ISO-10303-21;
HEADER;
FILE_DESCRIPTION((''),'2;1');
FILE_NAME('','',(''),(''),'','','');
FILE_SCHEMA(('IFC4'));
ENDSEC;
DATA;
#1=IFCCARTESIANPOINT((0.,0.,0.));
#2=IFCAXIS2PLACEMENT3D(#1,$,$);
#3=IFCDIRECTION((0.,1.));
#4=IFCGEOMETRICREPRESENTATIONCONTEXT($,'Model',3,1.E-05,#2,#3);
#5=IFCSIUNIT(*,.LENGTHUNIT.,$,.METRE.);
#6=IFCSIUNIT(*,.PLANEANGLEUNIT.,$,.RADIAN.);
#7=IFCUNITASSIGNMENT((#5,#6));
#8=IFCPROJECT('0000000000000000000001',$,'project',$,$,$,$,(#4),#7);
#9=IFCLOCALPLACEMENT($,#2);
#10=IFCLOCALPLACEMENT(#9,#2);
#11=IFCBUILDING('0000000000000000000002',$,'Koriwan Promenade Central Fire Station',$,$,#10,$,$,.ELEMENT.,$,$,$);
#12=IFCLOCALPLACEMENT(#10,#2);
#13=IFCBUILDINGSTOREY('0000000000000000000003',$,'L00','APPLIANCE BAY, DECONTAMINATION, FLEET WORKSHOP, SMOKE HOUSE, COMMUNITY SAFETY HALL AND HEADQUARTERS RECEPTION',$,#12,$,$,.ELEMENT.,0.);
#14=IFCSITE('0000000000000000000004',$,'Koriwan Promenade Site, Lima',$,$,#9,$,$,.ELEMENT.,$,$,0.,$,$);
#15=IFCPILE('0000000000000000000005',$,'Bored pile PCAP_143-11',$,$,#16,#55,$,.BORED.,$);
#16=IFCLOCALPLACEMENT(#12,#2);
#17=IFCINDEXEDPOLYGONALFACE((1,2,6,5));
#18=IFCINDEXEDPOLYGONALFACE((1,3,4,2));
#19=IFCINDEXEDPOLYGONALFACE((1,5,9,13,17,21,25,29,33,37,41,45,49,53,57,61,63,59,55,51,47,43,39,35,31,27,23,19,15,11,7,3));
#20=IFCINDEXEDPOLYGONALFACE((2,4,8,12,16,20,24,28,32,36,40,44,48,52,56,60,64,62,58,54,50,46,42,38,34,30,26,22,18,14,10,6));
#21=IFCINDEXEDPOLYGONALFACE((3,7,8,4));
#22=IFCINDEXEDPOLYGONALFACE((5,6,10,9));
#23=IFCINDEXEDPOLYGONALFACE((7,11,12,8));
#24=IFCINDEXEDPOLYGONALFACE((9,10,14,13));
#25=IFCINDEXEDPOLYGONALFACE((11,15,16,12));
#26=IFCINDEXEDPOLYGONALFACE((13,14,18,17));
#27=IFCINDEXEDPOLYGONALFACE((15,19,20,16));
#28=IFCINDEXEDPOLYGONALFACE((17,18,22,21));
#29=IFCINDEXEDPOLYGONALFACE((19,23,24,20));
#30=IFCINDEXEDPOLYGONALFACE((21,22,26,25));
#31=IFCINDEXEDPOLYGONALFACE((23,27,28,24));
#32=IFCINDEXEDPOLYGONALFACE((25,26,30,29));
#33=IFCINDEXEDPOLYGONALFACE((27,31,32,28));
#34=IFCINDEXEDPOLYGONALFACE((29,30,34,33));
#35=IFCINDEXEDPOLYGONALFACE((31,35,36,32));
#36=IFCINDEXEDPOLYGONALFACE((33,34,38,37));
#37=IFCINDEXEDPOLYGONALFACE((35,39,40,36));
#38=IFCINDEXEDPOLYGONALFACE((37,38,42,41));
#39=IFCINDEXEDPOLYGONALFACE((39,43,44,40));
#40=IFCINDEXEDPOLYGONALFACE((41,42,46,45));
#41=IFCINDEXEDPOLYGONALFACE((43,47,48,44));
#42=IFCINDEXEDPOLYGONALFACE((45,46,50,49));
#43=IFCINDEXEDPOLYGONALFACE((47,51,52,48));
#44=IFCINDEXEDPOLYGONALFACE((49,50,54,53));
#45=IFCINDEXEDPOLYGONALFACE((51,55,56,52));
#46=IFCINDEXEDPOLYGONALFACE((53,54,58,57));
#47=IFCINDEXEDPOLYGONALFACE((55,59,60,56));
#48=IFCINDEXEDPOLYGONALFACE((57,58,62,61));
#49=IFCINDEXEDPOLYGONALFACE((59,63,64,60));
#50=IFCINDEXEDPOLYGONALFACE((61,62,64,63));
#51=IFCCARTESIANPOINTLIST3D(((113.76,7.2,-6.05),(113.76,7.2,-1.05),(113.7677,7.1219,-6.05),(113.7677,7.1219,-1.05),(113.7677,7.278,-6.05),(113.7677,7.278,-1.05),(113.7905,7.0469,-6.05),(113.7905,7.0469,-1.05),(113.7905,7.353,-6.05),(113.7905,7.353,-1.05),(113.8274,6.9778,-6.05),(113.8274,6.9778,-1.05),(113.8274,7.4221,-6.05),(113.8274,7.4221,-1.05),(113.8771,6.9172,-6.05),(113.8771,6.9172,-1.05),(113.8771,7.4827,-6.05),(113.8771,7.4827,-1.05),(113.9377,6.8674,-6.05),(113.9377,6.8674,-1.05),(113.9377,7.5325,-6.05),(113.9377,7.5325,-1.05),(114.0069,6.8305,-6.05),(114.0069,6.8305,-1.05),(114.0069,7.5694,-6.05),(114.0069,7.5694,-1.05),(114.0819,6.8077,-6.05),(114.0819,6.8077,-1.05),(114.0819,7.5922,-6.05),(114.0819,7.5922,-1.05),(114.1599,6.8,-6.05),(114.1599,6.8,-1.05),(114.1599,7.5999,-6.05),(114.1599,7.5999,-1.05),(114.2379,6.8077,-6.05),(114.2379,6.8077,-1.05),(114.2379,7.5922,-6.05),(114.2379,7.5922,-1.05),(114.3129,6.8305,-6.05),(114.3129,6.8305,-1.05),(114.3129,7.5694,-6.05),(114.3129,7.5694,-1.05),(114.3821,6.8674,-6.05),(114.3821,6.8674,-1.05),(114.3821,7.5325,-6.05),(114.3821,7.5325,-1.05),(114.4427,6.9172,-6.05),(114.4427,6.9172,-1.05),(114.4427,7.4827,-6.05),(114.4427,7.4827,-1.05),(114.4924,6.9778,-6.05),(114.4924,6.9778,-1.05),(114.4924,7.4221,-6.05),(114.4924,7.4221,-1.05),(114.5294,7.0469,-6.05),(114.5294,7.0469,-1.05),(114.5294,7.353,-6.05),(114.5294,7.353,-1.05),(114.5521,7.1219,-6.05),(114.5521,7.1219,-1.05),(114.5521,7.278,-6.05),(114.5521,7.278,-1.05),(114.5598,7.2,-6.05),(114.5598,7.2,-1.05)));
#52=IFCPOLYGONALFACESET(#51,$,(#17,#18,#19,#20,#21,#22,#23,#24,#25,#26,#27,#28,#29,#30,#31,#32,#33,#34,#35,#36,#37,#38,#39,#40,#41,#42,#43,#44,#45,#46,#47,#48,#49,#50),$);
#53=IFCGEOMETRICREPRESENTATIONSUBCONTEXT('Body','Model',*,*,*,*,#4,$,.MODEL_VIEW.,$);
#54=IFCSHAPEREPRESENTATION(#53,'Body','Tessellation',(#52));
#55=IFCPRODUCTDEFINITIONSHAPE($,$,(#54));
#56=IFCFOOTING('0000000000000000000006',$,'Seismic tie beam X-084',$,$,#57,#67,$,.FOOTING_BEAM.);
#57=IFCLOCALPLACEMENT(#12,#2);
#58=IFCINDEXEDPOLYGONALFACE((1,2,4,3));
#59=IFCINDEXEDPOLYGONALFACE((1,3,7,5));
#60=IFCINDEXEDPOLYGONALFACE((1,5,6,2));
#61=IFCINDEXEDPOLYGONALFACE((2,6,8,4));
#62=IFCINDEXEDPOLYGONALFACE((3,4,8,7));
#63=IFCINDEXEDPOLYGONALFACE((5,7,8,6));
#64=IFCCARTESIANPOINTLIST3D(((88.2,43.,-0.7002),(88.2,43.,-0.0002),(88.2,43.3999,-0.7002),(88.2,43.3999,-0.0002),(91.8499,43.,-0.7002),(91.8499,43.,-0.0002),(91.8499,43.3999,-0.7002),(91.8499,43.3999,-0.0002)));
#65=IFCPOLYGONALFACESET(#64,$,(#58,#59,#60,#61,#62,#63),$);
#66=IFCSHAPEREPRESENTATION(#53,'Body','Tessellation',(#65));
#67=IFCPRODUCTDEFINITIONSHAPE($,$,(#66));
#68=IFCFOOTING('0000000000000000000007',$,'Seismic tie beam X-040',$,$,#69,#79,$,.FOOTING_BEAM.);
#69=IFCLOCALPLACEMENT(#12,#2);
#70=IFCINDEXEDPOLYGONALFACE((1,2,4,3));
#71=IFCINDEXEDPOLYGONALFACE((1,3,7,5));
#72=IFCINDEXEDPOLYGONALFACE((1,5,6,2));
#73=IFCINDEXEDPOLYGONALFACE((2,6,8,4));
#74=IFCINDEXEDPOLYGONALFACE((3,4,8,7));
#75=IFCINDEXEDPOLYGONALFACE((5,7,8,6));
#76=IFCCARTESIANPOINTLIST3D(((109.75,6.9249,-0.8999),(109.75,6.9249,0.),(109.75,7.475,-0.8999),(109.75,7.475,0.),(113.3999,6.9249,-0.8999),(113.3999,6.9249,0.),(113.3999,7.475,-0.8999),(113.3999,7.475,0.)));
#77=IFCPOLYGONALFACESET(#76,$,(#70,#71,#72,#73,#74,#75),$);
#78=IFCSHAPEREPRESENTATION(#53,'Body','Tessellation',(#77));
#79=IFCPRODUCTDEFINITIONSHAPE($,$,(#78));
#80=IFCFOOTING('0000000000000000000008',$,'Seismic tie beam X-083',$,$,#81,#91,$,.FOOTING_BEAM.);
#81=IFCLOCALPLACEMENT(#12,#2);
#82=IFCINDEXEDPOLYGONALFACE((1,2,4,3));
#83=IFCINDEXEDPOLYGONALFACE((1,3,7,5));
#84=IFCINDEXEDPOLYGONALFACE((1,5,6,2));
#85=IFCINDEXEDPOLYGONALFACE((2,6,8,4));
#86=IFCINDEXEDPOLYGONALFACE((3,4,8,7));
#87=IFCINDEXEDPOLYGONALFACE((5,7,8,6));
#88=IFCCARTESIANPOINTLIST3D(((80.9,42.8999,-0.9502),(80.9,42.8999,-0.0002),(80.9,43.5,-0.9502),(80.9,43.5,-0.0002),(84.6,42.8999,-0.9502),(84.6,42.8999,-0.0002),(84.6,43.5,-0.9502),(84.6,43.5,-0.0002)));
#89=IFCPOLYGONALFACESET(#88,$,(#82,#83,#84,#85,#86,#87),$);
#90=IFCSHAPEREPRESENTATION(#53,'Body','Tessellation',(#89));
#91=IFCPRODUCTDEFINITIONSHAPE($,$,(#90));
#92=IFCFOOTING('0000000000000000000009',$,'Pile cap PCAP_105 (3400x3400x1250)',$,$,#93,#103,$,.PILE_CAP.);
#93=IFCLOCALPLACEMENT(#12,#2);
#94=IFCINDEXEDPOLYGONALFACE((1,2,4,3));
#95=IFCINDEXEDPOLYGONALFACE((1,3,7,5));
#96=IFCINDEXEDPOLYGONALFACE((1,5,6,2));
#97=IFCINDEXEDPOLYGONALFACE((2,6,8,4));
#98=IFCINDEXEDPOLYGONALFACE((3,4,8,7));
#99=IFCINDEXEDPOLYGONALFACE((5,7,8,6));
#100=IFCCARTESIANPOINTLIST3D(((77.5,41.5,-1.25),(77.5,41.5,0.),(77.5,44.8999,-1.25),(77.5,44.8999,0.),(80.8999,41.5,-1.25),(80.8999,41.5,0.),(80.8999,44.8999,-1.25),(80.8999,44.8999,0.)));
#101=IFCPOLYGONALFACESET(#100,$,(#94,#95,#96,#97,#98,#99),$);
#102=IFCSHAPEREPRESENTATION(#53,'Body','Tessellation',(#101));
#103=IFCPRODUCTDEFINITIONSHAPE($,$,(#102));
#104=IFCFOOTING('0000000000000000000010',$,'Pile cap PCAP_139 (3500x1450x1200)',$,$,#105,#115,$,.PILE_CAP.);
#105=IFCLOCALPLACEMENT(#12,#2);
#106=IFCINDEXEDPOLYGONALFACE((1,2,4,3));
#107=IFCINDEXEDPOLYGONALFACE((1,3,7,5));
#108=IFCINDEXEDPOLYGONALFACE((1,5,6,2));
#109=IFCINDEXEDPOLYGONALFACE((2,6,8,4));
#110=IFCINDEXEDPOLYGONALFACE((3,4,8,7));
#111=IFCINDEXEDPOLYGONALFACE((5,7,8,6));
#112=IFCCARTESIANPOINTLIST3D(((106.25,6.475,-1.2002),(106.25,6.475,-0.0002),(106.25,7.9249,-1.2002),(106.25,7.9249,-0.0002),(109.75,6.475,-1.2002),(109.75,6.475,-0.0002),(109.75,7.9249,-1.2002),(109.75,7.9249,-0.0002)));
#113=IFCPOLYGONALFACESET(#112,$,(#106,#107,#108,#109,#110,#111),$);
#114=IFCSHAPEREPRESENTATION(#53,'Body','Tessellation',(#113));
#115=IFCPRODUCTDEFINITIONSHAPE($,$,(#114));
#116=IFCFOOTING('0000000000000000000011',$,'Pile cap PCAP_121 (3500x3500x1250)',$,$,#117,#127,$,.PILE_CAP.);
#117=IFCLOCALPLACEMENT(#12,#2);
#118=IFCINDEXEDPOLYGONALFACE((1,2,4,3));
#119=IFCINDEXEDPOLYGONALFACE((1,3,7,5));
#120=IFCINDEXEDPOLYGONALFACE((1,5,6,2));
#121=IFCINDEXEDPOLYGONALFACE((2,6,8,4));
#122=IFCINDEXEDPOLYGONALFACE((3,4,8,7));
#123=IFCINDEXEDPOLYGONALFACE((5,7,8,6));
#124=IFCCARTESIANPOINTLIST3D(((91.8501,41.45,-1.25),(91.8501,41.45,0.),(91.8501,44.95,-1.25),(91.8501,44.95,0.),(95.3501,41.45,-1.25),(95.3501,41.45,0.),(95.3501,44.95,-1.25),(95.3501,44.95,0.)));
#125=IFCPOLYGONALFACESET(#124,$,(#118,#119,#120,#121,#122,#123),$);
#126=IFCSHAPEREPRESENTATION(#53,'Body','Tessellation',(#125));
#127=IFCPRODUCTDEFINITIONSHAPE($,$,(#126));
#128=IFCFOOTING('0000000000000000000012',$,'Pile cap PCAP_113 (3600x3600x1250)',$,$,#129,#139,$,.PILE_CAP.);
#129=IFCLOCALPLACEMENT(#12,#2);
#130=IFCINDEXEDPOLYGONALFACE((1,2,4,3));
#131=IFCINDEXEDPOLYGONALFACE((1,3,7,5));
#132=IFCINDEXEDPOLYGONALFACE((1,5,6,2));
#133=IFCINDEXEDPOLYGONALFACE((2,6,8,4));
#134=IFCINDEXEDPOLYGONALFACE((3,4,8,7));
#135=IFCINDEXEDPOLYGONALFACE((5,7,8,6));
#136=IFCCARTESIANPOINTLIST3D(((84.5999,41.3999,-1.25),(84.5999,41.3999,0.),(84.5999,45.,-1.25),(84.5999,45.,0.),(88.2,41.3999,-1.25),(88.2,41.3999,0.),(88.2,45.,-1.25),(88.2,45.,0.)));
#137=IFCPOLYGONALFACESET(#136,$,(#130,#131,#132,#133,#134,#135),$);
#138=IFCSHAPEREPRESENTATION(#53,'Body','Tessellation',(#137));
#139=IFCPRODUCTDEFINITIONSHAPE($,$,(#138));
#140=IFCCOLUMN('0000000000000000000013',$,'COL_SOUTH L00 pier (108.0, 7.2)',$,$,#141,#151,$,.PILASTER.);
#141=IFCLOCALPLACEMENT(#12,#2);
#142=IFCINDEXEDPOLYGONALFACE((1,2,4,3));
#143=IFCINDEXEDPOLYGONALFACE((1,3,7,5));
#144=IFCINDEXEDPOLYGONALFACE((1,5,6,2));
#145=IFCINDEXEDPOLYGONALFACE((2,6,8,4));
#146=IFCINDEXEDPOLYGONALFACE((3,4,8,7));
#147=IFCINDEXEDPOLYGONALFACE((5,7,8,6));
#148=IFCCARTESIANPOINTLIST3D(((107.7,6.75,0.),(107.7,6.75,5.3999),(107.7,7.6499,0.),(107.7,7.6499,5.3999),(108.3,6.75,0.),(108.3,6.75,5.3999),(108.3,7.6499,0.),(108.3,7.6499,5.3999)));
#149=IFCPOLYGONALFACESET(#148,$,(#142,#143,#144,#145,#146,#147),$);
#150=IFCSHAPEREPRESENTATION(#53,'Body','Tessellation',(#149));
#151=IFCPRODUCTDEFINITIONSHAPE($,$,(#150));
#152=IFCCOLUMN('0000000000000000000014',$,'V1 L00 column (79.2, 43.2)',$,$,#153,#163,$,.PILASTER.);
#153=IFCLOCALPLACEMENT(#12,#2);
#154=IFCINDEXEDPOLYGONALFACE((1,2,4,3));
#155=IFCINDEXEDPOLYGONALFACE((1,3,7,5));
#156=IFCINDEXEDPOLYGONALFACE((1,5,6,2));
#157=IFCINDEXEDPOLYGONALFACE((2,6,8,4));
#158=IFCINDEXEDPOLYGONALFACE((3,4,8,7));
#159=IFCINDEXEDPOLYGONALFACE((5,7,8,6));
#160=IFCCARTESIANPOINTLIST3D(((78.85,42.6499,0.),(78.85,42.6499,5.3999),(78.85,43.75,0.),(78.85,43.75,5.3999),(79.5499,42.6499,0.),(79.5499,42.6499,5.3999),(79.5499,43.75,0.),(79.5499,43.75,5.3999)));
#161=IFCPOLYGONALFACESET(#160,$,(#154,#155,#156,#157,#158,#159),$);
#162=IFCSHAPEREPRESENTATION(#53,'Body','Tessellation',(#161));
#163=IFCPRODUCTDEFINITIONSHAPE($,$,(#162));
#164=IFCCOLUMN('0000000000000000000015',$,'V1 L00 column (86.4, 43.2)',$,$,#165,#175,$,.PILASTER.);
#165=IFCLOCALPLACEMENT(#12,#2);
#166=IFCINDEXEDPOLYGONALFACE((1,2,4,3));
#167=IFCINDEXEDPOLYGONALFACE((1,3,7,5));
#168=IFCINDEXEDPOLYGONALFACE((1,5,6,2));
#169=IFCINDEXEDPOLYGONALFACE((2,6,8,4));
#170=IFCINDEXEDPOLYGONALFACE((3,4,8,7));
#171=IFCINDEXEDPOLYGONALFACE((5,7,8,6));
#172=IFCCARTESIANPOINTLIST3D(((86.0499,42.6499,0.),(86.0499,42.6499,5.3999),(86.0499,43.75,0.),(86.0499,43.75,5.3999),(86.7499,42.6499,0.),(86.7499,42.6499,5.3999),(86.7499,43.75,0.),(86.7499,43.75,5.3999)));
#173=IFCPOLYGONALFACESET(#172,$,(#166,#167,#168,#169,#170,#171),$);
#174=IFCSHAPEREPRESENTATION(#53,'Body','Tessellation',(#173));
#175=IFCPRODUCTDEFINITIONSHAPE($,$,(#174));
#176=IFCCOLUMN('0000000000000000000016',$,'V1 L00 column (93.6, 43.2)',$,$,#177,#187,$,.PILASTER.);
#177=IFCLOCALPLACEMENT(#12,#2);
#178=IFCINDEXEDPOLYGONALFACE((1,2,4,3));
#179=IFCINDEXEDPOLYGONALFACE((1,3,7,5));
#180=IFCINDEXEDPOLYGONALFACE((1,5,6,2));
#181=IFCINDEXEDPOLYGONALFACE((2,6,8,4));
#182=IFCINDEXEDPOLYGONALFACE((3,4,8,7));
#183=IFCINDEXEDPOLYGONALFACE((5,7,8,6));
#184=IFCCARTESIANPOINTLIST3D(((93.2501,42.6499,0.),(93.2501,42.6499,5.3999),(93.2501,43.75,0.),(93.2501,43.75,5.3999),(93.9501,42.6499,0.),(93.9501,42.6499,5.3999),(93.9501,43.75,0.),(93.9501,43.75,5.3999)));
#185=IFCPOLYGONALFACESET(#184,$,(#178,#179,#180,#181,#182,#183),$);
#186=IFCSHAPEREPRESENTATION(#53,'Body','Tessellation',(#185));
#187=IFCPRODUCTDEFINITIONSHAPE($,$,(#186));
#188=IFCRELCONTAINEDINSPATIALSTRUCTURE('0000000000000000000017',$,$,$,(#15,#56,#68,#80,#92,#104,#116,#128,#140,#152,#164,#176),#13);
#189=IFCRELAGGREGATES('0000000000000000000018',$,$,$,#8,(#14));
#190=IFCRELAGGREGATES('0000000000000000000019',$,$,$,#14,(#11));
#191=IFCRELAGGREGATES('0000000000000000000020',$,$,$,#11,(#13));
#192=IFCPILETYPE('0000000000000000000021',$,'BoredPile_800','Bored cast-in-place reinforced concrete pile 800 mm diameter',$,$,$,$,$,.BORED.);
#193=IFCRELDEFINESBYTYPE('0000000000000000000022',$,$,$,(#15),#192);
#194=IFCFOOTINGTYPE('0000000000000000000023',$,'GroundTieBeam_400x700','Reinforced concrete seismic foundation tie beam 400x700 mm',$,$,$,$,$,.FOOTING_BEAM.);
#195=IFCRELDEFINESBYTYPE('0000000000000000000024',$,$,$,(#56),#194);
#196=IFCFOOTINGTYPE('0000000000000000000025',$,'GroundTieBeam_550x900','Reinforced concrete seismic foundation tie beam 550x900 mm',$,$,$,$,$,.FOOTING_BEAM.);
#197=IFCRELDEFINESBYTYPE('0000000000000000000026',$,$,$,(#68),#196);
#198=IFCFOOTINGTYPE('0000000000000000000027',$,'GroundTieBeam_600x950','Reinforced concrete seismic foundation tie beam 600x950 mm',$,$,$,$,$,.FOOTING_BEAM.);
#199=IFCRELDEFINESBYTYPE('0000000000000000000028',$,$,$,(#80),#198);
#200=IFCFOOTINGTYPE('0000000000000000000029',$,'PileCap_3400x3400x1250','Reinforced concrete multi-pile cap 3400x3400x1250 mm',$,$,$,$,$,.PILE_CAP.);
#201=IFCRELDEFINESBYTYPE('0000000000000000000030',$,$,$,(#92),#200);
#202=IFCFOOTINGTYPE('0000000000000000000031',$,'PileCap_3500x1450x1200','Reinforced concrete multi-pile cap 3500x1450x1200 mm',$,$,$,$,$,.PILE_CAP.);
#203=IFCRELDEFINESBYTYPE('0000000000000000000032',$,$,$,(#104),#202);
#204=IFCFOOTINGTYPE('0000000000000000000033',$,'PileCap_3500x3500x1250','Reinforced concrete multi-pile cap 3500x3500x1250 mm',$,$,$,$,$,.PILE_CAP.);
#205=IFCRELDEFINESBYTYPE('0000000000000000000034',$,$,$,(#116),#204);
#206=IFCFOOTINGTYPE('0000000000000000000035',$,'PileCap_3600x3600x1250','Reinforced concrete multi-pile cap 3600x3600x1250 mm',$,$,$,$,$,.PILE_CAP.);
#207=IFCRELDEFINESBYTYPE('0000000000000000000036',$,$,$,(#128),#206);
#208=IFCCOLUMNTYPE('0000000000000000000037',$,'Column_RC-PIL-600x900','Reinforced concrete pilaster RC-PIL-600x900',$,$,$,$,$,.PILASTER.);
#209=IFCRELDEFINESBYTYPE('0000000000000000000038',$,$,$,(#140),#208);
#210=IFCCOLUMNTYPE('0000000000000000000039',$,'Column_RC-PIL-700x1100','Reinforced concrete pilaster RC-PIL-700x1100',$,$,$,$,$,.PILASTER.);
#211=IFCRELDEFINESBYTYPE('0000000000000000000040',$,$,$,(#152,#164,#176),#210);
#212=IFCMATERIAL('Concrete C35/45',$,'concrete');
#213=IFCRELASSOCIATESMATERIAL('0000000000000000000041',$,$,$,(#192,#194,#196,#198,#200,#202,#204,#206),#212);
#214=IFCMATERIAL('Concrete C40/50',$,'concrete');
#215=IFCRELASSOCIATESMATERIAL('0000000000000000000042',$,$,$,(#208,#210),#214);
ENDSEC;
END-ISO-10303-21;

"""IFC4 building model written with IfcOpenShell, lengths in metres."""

from ifc_helpers import new_model, si_unit, direction, frame, origin, origin_2d, place, context, subcontext, project, spatial, rectangle, circle, extrude, material, material_profile, profile_set, type_object, element, save


model = new_model("IFC4")

# Units and contexts
model_context = context("Model", 3, precision=1e-05, world=origin(), true_north=direction((0.0, 1.0)))
body_context = subcontext(model_context, "Body", "Model", "MODEL_VIEW")
ifc_project = project(units=[si_unit("LENGTHUNIT", "METRE"), si_unit("PLANEANGLEUNIT", "RADIAN")], contexts=[model_context])

# Site, building, storey
site_placement = place(None, origin())
site = spatial("IfcSite", under=ifc_project, at=site_placement, Name="Koriwan Promenade Site, Lima", CompositionType="ELEMENT", RefElevation=0.0)
building_placement = place(site_placement, origin())
building = spatial("IfcBuilding", under=site, at=building_placement, Name="Koriwan Promenade Central Fire Station", CompositionType="ELEMENT")
storey_placement = place(building_placement, origin())
storey = spatial("IfcBuildingStorey", under=building, at=storey_placement, Name="L00", Description="APPLIANCE BAY, DECONTAMINATION, FLEET WORKSHOP, SMOKE HOUSE, COMMUNITY SAFETY HALL AND HEADQUARTERS RECEPTION", CompositionType="ELEMENT", Elevation=0.0)

# Pile
ifc_material_1 = material(Name="Concrete C35/45", Category="concrete")
ifc_material_profile_1 = material_profile(ifc_material_1, circle(Radius=0.3999, at=origin_2d()), Name="PILE-D800")
ifc_profile_set_1 = profile_set([ifc_material_profile_1], Name="Concrete C35/45")
pile_type_1 = type_object("IfcPileType", Name="BoredPile_800", Description="Bored cast-in-place reinforced concrete pile 800 mm diameter", PredefinedType="BORED", material=ifc_profile_set_1)
pile_1_placement = place(storey_placement, frame((114.1599, 7.2, -1.05), z_axis=(0.0, 0.0, -1.0), x_axis=(1.0, 0.0, 0.0)))
element("IfcPile", 1, at=pile_1_placement, inside=storey, type_object=pile_type_1, Name="Bored pile PCAP_143-11", PredefinedType="BORED", context=body_context, shape_type="SweptSolid", body=[
    extrude(circle(Radius=0.3999, at=origin_2d()), origin(), (0.0, 0.0, 1.0), 5.0),
])

# Footings
footing_type_1 = type_object("IfcFootingType", Name="GroundTieBeam_400x700", Description="Reinforced concrete seismic foundation tie beam 400x700 mm", PredefinedType="FOOTING_BEAM", material=ifc_material_1)
footing_1_placement = place(storey_placement, frame((90.0249, 43.2, -0.7002), z_axis=(0.0, 0.0, 1.0), x_axis=(1.0, 0.0, 0.0)))
element("IfcFooting", 2, at=footing_1_placement, inside=storey, type_object=footing_type_1, Name="Seismic tie beam X-084", PredefinedType="FOOTING_BEAM", context=body_context, shape_type="SweptSolid", body=[
    extrude(rectangle(XDim=3.6499, YDim=0.3999, at=origin_2d()), origin(), (0.0, 0.0, 1.0), 0.7),
])
footing_type_2 = type_object("IfcFootingType", Name="GroundTieBeam_550x900", Description="Reinforced concrete seismic foundation tie beam 550x900 mm", PredefinedType="FOOTING_BEAM", material=ifc_material_1)
footing_2_placement = place(storey_placement, frame((111.575, 7.2, -0.8999), z_axis=(0.0, 0.0, 1.0), x_axis=(1.0, 0.0, 0.0)))
element("IfcFooting", 3, at=footing_2_placement, inside=storey, type_object=footing_type_2, Name="Seismic tie beam X-040", PredefinedType="FOOTING_BEAM", context=body_context, shape_type="SweptSolid", body=[
    extrude(rectangle(XDim=3.6499, YDim=0.55, at=origin_2d()), origin(), (0.0, 0.0, 1.0), 0.8999),
])
footing_type_3 = type_object("IfcFootingType", Name="GroundTieBeam_600x950", Description="Reinforced concrete seismic foundation tie beam 600x950 mm", PredefinedType="FOOTING_BEAM", material=ifc_material_1)
footing_3_placement = place(storey_placement, frame((82.75, 43.2, -0.9502), z_axis=(0.0, 0.0, 1.0), x_axis=(1.0, 0.0, 0.0)))
element("IfcFooting", 4, at=footing_3_placement, inside=storey, type_object=footing_type_3, Name="Seismic tie beam X-083", PredefinedType="FOOTING_BEAM", context=body_context, shape_type="SweptSolid", body=[
    extrude(rectangle(XDim=3.7, YDim=0.6001, at=origin_2d()), origin(), (0.0, 0.0, 1.0), 0.95),
])
footing_type_4 = type_object("IfcFootingType", Name="PileCap_3400x3400x1250", Description="Reinforced concrete multi-pile cap 3400x3400x1250 mm", PredefinedType="PILE_CAP", material=ifc_material_1)
footing_4_placement = place(storey_placement, frame((79.2, 43.2, -1.25), z_axis=(0.0, 0.0, 1.0), x_axis=(1.0, 0.0, 0.0)))
element("IfcFooting", 5, at=footing_4_placement, inside=storey, type_object=footing_type_4, Name="Pile cap PCAP_105 (3400x3400x1250)", PredefinedType="PILE_CAP", context=body_context, shape_type="SweptSolid", body=[
    extrude(rectangle(XDim=3.3999, YDim=3.3999, at=origin_2d()), origin(), (0.0, 0.0, 1.0), 1.25),
])
footing_type_5 = type_object("IfcFootingType", Name="PileCap_3500x1450x1200", Description="Reinforced concrete multi-pile cap 3500x1450x1200 mm", PredefinedType="PILE_CAP", material=ifc_material_1)
footing_5_placement = place(storey_placement, frame((108.0, 7.2, -1.2002), z_axis=(0.0, 0.0, 1.0), x_axis=(1.0, 0.0, 0.0)))
element("IfcFooting", 6, at=footing_5_placement, inside=storey, type_object=footing_type_5, Name="Pile cap PCAP_139 (3500x1450x1200)", PredefinedType="PILE_CAP", context=body_context, shape_type="SweptSolid", body=[
    extrude(rectangle(XDim=3.5, YDim=1.45, at=origin_2d()), origin(), (0.0, 0.0, 1.0), 1.2),
])
footing_type_6 = type_object("IfcFootingType", Name="PileCap_3500x3500x1250", Description="Reinforced concrete multi-pile cap 3500x3500x1250 mm", PredefinedType="PILE_CAP", material=ifc_material_1)
footing_6_placement = place(storey_placement, frame((93.6001, 43.2, -1.25), z_axis=(0.0, 0.0, 1.0), x_axis=(1.0, 0.0, 0.0)))
element("IfcFooting", 7, at=footing_6_placement, inside=storey, type_object=footing_type_6, Name="Pile cap PCAP_121 (3500x3500x1250)", PredefinedType="PILE_CAP", context=body_context, shape_type="SweptSolid", body=[
    extrude(rectangle(XDim=3.5, YDim=3.5, at=origin_2d()), origin(), (0.0, 0.0, 1.0), 1.25),
])
footing_type_7 = type_object("IfcFootingType", Name="PileCap_3600x3600x1250", Description="Reinforced concrete multi-pile cap 3600x3600x1250 mm", PredefinedType="PILE_CAP", material=ifc_material_1)
footing_7_placement = place(storey_placement, frame((86.3999, 43.2, -1.25), z_axis=(0.0, 0.0, 1.0), x_axis=(1.0, 0.0, 0.0)))
element("IfcFooting", 8, at=footing_7_placement, inside=storey, type_object=footing_type_7, Name="Pile cap PCAP_113 (3600x3600x1250)", PredefinedType="PILE_CAP", context=body_context, shape_type="SweptSolid", body=[
    extrude(rectangle(XDim=3.6001, YDim=3.6001, at=origin_2d()), origin(), (0.0, 0.0, 1.0), 1.25),
])

# Columns
ifc_material_2 = material(Name="Concrete C40/50", Category="concrete")
ifc_material_profile_2 = material_profile(ifc_material_2, rectangle(XDim=0.6001, YDim=0.8999, at=origin_2d()), Name="RC-PIL-600x900")
ifc_profile_set_2 = profile_set([ifc_material_profile_2], Name="Concrete C40/50")
column_type_1 = type_object("IfcColumnType", Name="Column_RC-PIL-600x900", Description="Reinforced concrete pilaster RC-PIL-600x900", PredefinedType="PILASTER", material=ifc_profile_set_2)
column_placement = place(storey_placement, frame((108.0, 7.2, 0.0), z_axis=(0.0, 0.0, 1.0), x_axis=(1.0, 0.0, 0.0)))
element("IfcColumn", 9, at=column_placement, inside=storey, type_object=column_type_1, Name="COL_SOUTH L00 pier (108.0, 7.2)", PredefinedType="PILASTER", context=body_context, shape_type="SweptSolid", body=[
    extrude(rectangle(XDim=0.6001, YDim=0.8999, at=origin_2d()), origin(), (0.0, 0.0, 1.0), 5.3999),
])
ifc_material_profile_3 = material_profile(ifc_material_2, rectangle(XDim=0.7, YDim=1.1001, at=origin_2d()), Name="RC-PIL-700x1100")
ifc_profile_set_3 = profile_set([ifc_material_profile_3], Name="Concrete C40/50")
column_type_2 = type_object("IfcColumnType", Name="Column_RC-PIL-700x1100", Description="Reinforced concrete pilaster RC-PIL-700x1100", PredefinedType="PILASTER", material=ifc_profile_set_3)
for number, where, z_axis, x_axis, name in (
    (10, (79.2, 43.2, 0.0), (0.0, 0.0, 1.0), (1.0, 0.0, 0.0), "V1 L00 column (79.2, 43.2)"),
    (11, (86.3999, 43.2, 0.0), (0.0, 0.0, 1.0), (1.0, 0.0, 0.0), "V1 L00 column (86.4, 43.2)"),
    (12, (93.6001, 43.2, 0.0), (0.0, 0.0, 1.0), (1.0, 0.0, 0.0), "V1 L00 column (93.6, 43.2)"),
):
    element("IfcColumn", number, at=place(storey_placement, frame(where, z_axis=z_axis, x_axis=x_axis)), inside=storey, type_object=column_type_2, Name=name, PredefinedType="PILASTER", context=body_context, shape_type="SweptSolid", body=[
        extrude(rectangle(XDim=0.7, YDim=1.1001, at=origin_2d()), origin(), (0.0, 0.0, 1.0), 5.3999),
    ])

save(model, "model.ifc")
